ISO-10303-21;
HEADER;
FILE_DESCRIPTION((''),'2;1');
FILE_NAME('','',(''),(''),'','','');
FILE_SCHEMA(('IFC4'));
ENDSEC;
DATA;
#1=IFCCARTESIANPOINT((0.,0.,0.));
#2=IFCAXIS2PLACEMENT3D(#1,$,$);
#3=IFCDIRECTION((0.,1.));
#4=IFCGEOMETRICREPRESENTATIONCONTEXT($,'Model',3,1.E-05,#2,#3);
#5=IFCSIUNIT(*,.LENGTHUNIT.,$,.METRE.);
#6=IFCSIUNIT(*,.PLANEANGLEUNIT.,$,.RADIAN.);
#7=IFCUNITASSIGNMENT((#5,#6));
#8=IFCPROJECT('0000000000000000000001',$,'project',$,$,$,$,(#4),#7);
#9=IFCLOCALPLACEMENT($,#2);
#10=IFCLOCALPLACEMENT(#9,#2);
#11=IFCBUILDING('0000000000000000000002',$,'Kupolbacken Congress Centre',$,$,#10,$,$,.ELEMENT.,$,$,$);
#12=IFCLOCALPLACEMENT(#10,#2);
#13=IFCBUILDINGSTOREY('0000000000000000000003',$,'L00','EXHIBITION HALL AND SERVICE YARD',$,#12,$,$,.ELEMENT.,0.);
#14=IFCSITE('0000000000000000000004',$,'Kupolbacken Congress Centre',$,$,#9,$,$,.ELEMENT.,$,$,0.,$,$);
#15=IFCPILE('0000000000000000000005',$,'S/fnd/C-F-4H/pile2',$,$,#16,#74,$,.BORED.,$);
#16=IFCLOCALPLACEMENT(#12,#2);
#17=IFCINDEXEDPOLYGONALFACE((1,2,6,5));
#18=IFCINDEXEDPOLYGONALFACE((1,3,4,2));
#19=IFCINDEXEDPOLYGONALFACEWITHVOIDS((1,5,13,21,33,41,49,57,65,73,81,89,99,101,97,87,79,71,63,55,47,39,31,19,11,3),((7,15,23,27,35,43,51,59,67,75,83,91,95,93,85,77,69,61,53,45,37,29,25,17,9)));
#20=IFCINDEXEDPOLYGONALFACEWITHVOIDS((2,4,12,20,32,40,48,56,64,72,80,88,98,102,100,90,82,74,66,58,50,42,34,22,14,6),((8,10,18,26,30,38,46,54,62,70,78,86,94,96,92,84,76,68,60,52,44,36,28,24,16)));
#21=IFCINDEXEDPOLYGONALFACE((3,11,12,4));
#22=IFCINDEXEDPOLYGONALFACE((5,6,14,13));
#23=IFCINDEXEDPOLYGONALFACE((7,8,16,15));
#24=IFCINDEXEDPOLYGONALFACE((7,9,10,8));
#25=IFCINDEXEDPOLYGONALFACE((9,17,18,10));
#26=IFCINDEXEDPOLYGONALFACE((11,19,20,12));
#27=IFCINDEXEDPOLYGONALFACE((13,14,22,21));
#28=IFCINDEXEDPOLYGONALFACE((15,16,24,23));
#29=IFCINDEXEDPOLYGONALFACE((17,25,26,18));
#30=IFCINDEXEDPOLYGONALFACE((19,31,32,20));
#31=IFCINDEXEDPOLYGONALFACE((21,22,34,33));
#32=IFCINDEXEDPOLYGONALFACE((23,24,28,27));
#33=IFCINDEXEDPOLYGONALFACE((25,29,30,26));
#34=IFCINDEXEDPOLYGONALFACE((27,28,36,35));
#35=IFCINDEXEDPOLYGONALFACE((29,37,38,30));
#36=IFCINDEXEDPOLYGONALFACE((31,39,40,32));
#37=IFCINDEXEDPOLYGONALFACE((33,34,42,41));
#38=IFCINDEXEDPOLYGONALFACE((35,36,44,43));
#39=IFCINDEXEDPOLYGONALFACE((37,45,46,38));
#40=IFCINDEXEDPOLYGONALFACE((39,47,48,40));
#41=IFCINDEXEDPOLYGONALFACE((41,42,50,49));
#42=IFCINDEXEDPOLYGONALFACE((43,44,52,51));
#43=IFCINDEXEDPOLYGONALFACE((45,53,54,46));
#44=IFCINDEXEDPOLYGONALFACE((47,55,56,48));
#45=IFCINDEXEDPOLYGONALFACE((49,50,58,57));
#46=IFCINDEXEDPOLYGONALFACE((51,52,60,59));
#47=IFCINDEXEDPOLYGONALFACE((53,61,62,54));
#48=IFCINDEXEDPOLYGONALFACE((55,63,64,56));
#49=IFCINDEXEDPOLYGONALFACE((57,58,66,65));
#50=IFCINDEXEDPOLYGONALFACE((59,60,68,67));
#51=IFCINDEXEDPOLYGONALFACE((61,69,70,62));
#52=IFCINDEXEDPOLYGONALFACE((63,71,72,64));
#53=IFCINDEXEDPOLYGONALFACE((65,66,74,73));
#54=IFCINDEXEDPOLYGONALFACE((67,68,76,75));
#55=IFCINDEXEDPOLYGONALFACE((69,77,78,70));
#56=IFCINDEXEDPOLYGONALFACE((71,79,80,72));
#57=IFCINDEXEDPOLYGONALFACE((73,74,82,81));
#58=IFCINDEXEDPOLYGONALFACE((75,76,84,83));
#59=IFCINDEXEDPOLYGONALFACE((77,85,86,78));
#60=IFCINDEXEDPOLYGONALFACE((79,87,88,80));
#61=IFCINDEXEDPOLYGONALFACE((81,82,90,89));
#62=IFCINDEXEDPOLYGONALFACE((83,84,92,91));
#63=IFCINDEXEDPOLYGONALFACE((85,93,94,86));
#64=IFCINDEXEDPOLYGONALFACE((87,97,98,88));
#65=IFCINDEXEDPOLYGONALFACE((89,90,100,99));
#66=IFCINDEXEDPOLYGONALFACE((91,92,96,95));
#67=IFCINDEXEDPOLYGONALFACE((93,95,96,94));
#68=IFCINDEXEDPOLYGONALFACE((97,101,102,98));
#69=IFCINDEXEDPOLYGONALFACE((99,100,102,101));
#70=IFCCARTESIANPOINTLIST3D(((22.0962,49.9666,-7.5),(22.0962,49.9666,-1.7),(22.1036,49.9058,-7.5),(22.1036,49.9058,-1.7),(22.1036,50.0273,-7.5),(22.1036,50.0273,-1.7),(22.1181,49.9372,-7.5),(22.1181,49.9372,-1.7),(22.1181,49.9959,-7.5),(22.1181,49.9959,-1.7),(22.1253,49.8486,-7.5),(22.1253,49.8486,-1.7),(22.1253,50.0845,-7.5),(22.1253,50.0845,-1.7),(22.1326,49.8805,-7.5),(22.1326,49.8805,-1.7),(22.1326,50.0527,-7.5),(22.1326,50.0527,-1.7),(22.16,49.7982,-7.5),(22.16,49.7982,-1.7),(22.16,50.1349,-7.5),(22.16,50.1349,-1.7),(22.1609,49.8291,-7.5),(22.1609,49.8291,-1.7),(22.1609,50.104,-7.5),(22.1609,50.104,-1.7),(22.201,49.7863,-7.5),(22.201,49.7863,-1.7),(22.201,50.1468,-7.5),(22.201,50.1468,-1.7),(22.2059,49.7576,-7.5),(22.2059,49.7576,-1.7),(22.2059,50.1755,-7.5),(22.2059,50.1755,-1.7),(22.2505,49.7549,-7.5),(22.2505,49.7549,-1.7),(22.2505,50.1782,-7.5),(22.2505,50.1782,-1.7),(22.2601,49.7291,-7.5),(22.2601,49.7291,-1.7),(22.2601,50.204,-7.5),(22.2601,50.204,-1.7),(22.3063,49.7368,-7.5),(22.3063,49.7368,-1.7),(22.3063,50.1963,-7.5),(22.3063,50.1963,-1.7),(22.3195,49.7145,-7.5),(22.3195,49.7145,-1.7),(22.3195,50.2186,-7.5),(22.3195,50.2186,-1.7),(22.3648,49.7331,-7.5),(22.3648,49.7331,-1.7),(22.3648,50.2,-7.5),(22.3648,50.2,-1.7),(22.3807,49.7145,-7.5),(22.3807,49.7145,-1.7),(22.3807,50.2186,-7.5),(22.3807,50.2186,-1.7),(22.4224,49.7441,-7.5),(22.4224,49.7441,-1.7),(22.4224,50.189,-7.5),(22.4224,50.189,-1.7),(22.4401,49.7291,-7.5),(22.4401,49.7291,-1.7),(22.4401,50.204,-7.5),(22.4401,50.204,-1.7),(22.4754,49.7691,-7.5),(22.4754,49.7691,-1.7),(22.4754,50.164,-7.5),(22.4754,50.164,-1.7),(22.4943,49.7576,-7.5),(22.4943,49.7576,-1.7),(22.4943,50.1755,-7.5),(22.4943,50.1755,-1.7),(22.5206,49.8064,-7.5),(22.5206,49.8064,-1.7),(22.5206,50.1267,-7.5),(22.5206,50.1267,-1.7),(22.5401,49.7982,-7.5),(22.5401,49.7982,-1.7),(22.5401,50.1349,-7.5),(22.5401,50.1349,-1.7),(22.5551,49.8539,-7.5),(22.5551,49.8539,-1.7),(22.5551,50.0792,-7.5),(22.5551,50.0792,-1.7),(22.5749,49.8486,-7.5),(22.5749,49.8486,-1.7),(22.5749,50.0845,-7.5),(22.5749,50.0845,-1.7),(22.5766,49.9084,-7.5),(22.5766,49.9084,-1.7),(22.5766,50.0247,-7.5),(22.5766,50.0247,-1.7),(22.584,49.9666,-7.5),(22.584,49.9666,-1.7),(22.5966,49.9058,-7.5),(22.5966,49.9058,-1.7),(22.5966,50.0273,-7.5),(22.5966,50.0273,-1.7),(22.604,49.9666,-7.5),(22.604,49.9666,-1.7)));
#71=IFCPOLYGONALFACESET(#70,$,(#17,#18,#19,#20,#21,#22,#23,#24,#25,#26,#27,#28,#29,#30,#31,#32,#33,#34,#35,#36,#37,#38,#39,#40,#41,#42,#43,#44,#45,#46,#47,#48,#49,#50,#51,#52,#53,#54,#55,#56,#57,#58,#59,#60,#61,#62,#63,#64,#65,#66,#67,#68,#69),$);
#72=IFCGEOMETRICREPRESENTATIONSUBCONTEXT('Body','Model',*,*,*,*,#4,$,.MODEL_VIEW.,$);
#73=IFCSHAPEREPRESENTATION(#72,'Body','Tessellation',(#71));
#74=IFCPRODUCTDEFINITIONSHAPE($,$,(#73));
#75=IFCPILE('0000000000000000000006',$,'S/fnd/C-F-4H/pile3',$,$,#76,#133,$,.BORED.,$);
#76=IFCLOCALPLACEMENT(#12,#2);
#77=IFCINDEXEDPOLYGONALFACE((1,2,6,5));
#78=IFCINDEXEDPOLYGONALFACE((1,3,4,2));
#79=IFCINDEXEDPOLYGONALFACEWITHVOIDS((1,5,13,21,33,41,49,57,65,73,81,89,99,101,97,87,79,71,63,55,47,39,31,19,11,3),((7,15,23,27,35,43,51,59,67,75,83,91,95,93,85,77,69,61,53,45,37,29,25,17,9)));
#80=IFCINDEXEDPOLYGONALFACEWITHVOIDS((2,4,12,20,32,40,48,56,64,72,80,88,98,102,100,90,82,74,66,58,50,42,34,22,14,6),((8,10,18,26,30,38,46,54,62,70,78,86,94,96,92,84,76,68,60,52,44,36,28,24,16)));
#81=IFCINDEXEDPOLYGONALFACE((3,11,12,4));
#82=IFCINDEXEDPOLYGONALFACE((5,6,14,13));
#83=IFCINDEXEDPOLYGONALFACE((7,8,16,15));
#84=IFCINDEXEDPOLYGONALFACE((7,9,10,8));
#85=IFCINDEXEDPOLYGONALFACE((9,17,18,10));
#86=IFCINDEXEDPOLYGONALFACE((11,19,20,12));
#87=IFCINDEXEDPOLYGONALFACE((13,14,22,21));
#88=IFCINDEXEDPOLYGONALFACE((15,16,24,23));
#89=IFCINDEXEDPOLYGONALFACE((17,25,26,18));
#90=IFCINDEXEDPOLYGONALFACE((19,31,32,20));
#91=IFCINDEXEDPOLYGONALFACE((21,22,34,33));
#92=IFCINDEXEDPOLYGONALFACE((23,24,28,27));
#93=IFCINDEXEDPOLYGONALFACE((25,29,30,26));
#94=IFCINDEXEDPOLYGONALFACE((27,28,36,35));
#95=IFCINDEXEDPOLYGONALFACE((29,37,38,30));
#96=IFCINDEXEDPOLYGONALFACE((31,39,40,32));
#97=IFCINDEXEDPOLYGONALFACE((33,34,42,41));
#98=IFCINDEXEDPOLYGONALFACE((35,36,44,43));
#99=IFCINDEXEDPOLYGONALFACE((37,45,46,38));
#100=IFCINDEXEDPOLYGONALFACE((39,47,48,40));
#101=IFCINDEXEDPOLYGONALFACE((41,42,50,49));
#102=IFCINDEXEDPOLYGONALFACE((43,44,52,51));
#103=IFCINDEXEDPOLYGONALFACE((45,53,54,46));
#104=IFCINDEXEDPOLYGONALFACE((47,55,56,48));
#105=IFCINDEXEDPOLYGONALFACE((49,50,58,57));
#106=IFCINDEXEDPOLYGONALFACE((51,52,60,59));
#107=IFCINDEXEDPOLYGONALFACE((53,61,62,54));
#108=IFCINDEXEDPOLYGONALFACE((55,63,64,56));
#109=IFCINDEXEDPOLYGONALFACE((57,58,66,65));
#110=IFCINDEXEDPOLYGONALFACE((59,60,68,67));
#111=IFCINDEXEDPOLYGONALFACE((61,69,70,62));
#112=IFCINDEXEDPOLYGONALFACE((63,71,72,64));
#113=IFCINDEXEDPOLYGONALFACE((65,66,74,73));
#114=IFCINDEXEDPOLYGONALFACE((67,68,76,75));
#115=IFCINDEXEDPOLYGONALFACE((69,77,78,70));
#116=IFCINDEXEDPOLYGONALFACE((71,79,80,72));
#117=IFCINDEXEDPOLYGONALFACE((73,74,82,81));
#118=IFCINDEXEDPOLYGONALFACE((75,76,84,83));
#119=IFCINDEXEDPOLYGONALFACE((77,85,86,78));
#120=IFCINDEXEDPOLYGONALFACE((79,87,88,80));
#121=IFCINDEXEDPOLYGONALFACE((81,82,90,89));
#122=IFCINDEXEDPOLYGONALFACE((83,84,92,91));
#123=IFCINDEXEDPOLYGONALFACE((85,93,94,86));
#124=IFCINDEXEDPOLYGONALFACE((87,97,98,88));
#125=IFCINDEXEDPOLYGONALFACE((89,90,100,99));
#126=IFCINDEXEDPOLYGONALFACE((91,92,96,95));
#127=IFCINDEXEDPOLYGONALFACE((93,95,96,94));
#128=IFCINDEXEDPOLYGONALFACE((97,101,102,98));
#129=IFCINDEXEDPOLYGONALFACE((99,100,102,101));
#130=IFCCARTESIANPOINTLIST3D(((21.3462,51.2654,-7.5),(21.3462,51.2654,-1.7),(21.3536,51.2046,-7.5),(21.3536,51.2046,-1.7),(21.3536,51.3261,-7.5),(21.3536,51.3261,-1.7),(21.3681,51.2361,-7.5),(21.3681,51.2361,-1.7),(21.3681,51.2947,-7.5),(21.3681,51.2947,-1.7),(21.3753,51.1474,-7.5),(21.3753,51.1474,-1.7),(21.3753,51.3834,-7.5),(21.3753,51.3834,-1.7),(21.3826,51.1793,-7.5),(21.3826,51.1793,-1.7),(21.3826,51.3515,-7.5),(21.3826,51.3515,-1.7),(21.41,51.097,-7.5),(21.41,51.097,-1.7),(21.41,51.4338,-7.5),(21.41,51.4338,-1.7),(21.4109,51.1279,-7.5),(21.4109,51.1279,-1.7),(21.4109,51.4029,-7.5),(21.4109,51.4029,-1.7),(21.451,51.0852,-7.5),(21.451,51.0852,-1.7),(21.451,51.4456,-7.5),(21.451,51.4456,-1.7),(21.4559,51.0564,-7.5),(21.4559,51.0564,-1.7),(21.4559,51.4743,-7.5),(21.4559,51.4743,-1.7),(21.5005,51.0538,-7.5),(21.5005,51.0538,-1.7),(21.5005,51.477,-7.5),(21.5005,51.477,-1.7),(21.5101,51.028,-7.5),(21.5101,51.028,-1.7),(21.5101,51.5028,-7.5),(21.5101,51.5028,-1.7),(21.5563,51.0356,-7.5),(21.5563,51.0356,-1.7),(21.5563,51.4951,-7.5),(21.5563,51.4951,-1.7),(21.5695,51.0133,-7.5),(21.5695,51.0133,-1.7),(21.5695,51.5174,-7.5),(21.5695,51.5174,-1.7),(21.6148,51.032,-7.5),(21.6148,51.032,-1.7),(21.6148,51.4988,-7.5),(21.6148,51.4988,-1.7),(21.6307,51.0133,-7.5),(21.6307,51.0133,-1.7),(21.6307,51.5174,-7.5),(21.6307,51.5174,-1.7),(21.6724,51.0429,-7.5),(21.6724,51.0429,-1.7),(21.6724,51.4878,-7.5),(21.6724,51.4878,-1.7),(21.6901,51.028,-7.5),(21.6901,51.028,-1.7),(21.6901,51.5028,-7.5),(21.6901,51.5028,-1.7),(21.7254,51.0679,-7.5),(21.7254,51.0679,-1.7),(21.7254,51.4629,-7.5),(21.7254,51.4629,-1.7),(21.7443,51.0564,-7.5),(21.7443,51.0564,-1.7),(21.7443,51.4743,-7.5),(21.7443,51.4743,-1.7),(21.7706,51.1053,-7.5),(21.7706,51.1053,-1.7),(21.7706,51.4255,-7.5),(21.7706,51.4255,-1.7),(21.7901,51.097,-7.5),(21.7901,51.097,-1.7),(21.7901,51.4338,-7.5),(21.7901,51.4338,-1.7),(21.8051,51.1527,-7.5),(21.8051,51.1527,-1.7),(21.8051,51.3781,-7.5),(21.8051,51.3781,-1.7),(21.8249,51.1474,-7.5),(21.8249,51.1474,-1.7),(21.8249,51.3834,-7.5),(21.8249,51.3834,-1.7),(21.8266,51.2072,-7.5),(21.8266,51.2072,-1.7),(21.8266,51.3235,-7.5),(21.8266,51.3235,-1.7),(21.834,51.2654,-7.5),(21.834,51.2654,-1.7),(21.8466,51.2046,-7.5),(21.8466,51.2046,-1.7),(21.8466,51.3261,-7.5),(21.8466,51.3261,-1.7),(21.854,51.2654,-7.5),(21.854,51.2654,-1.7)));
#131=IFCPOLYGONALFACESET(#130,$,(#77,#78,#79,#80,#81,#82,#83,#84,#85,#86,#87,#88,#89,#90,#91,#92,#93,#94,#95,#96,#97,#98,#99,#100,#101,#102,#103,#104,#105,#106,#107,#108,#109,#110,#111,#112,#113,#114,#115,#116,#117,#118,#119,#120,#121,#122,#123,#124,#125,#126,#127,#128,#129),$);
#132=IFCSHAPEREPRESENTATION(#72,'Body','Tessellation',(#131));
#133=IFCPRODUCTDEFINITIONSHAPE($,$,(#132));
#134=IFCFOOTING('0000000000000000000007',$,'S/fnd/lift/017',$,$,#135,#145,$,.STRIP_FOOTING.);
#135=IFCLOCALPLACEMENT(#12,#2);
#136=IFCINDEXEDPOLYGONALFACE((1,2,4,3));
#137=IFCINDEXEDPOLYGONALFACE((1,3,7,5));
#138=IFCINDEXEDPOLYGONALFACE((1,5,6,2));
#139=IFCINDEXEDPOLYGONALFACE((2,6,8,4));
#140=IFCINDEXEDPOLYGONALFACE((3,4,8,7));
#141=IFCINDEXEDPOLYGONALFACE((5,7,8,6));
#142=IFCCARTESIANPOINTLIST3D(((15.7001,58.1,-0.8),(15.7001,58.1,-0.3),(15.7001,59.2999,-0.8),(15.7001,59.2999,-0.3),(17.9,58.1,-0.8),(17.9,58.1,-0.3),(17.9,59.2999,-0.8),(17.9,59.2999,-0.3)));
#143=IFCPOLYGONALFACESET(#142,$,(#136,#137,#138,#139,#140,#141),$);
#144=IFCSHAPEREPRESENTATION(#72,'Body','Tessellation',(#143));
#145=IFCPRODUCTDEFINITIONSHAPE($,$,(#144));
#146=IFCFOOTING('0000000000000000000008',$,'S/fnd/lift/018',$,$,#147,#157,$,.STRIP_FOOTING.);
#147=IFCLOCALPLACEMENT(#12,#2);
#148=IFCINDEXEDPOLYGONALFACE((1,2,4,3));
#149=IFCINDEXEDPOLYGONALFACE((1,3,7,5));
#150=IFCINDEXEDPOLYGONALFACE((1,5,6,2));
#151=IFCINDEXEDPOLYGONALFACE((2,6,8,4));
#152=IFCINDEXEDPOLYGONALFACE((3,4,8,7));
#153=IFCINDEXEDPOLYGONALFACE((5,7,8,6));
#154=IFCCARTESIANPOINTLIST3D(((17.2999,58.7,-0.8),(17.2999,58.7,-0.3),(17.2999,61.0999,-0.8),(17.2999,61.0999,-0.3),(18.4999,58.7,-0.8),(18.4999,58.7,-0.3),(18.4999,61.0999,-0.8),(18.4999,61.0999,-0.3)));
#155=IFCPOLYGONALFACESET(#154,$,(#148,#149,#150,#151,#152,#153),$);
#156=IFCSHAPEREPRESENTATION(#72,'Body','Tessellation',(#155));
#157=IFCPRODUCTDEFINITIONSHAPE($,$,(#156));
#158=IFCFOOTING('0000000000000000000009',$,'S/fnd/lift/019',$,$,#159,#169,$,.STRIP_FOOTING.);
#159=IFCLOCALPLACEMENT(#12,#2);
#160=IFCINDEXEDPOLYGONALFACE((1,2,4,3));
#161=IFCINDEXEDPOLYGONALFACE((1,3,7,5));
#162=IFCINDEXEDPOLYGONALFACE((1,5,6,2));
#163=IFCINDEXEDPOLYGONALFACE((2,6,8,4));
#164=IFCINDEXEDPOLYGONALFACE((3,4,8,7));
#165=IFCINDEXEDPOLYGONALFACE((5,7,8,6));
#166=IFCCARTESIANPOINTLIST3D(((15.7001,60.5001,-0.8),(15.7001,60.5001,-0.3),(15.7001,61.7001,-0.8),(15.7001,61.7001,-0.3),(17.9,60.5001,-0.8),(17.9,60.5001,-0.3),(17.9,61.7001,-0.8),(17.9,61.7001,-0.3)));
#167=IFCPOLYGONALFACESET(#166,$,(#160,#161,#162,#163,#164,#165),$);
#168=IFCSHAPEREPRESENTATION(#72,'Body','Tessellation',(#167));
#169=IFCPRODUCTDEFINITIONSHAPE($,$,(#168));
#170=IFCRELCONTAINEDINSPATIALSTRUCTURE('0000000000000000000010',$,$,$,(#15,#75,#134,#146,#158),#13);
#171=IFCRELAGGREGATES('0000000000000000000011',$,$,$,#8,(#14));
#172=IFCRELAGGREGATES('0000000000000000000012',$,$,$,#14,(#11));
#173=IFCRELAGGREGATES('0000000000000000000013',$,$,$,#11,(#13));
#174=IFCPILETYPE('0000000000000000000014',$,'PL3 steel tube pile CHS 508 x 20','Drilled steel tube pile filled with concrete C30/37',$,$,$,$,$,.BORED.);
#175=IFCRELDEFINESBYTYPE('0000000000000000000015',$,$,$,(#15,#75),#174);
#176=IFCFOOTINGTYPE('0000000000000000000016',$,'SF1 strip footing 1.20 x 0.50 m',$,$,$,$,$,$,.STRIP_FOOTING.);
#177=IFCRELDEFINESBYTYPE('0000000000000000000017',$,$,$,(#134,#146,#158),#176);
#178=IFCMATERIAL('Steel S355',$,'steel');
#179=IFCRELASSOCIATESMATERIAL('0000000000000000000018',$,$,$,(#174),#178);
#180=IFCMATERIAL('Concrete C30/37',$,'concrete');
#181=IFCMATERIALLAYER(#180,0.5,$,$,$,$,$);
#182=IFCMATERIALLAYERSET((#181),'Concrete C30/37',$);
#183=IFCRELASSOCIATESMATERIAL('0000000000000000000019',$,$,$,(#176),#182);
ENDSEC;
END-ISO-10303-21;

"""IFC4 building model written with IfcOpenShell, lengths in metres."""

from ifc_helpers import new_model, si_unit, direction, frame, origin, origin_2d, place, context, subcontext, project, spatial, rectangle, hollow_circle, extrude, material, layer, layer_set, material_profile, profile_set, type_object, element, save


model = new_model("IFC4")

# Units and contexts
model_context = context("Model", 3, precision=1e-05, world=origin(), true_north=direction((0.0, 1.0)))
body_context = subcontext(model_context, "Body", "Model", "MODEL_VIEW")
ifc_project = project(units=[si_unit("LENGTHUNIT", "METRE"), si_unit("PLANEANGLEUNIT", "RADIAN")], contexts=[model_context])

# Site, building, storey
site_placement = place(None, origin())
site = spatial("IfcSite", under=ifc_project, at=site_placement, Name="Kupolbacken Congress Centre", CompositionType="ELEMENT", RefElevation=0.0)
building_placement = place(site_placement, origin())
building = spatial("IfcBuilding", under=site, at=building_placement, Name="Kupolbacken Congress Centre", CompositionType="ELEMENT")
storey_placement = place(building_placement, origin())
storey = spatial("IfcBuildingStorey", under=building, at=storey_placement, Name="L00", Description="EXHIBITION HALL AND SERVICE YARD", CompositionType="ELEMENT", Elevation=0.0)

# Piles
ifc_material_1 = material(Name="Steel S355", Category="steel")
ifc_material_profile_1 = material_profile(ifc_material_1, hollow_circle(Radius=0.2539, WallThickness=0.02, at=origin_2d()), Name="CHS 508 x 20")
ifc_profile_set_1 = profile_set([ifc_material_profile_1], Name="Steel S355")
pile_type = type_object("IfcPileType", Name="PL3 steel tube pile CHS 508 x 20", Description="Drilled steel tube pile filled with concrete C30/37", PredefinedType="BORED", material=ifc_profile_set_1)
for number, where, z_axis, x_axis, name in (
    (1, (22.3501, 49.9666, -1.7), (0.0, 0.0, -1.0), (1.0, 0.0, 0.0), "S/fnd/C-F-4H/pile2"),
    (2, (21.6001, 51.2654, -1.7), (0.0, 0.0, -1.0), (1.0, 0.0, 0.0), "S/fnd/C-F-4H/pile3"),
):
    element("IfcPile", number, at=place(storey_placement, frame(where, z_axis=z_axis, x_axis=x_axis)), inside=storey, type_object=pile_type, Name=name, PredefinedType="BORED", context=body_context, shape_type="SweptSolid", body=[
        extrude(hollow_circle(Radius=0.2539, WallThickness=0.02, at=origin_2d()), origin(), (0.0, 0.0, 1.0), 5.8),
    ])

# Footings
ifc_material_2 = material(Name="Concrete C30/37", Category="concrete")
ifc_layer_1 = layer(ifc_material_2, 0.5)
ifc_layer_set_1 = layer_set([ifc_layer_1], Name="Concrete C30/37")
footing_type_1 = type_object("IfcFootingType", Name="SF1 strip footing 1.20 x 0.50 m", PredefinedType="STRIP_FOOTING", material=ifc_layer_set_1)
footing_1_placement = place(storey_placement, frame((16.8, 58.7, -0.8), z_axis=(0.0, 0.0, 1.0), x_axis=(1.0, 0.0, 0.0)))
element("IfcFooting", 3, at=footing_1_placement, inside=storey, type_object=footing_type_1, Name="S/fnd/lift/017", PredefinedType="STRIP_FOOTING", context=body_context, shape_type="SweptSolid", body=[
    extrude(rectangle(XDim=2.2, YDim=1.2, at=origin_2d()), origin(), (0.0, 0.0, 1.0), 0.5),
])
footing_2_placement = place(storey_placement, frame((17.8999, 59.8999, -0.8), z_axis=(0.0, 0.0, 1.0), x_axis=(0.0, 1.0, 0.0)))
element("IfcFooting", 4, at=footing_2_placement, inside=storey, type_object=footing_type_1, Name="S/fnd/lift/018", PredefinedType="STRIP_FOOTING", context=body_context, shape_type="SweptSolid", body=[
    extrude(rectangle(XDim=2.3999, YDim=1.2, at=origin_2d()), origin(), (0.0, 0.0, 1.0), 0.5),
])
footing_3_placement = place(storey_placement, frame((16.8, 61.1001, -0.8), z_axis=(0.0, 0.0, 1.0), x_axis=(1.0, 0.0, 0.0)))
element("IfcFooting", 5, at=footing_3_placement, inside=storey, type_object=footing_type_1, Name="S/fnd/lift/019", PredefinedType="STRIP_FOOTING", context=body_context, shape_type="SweptSolid", body=[
    extrude(rectangle(XDim=2.2, YDim=1.2, at=origin_2d()), origin(), (0.0, 0.0, 1.0), 0.5),
])

save(model, "model.ifc")
